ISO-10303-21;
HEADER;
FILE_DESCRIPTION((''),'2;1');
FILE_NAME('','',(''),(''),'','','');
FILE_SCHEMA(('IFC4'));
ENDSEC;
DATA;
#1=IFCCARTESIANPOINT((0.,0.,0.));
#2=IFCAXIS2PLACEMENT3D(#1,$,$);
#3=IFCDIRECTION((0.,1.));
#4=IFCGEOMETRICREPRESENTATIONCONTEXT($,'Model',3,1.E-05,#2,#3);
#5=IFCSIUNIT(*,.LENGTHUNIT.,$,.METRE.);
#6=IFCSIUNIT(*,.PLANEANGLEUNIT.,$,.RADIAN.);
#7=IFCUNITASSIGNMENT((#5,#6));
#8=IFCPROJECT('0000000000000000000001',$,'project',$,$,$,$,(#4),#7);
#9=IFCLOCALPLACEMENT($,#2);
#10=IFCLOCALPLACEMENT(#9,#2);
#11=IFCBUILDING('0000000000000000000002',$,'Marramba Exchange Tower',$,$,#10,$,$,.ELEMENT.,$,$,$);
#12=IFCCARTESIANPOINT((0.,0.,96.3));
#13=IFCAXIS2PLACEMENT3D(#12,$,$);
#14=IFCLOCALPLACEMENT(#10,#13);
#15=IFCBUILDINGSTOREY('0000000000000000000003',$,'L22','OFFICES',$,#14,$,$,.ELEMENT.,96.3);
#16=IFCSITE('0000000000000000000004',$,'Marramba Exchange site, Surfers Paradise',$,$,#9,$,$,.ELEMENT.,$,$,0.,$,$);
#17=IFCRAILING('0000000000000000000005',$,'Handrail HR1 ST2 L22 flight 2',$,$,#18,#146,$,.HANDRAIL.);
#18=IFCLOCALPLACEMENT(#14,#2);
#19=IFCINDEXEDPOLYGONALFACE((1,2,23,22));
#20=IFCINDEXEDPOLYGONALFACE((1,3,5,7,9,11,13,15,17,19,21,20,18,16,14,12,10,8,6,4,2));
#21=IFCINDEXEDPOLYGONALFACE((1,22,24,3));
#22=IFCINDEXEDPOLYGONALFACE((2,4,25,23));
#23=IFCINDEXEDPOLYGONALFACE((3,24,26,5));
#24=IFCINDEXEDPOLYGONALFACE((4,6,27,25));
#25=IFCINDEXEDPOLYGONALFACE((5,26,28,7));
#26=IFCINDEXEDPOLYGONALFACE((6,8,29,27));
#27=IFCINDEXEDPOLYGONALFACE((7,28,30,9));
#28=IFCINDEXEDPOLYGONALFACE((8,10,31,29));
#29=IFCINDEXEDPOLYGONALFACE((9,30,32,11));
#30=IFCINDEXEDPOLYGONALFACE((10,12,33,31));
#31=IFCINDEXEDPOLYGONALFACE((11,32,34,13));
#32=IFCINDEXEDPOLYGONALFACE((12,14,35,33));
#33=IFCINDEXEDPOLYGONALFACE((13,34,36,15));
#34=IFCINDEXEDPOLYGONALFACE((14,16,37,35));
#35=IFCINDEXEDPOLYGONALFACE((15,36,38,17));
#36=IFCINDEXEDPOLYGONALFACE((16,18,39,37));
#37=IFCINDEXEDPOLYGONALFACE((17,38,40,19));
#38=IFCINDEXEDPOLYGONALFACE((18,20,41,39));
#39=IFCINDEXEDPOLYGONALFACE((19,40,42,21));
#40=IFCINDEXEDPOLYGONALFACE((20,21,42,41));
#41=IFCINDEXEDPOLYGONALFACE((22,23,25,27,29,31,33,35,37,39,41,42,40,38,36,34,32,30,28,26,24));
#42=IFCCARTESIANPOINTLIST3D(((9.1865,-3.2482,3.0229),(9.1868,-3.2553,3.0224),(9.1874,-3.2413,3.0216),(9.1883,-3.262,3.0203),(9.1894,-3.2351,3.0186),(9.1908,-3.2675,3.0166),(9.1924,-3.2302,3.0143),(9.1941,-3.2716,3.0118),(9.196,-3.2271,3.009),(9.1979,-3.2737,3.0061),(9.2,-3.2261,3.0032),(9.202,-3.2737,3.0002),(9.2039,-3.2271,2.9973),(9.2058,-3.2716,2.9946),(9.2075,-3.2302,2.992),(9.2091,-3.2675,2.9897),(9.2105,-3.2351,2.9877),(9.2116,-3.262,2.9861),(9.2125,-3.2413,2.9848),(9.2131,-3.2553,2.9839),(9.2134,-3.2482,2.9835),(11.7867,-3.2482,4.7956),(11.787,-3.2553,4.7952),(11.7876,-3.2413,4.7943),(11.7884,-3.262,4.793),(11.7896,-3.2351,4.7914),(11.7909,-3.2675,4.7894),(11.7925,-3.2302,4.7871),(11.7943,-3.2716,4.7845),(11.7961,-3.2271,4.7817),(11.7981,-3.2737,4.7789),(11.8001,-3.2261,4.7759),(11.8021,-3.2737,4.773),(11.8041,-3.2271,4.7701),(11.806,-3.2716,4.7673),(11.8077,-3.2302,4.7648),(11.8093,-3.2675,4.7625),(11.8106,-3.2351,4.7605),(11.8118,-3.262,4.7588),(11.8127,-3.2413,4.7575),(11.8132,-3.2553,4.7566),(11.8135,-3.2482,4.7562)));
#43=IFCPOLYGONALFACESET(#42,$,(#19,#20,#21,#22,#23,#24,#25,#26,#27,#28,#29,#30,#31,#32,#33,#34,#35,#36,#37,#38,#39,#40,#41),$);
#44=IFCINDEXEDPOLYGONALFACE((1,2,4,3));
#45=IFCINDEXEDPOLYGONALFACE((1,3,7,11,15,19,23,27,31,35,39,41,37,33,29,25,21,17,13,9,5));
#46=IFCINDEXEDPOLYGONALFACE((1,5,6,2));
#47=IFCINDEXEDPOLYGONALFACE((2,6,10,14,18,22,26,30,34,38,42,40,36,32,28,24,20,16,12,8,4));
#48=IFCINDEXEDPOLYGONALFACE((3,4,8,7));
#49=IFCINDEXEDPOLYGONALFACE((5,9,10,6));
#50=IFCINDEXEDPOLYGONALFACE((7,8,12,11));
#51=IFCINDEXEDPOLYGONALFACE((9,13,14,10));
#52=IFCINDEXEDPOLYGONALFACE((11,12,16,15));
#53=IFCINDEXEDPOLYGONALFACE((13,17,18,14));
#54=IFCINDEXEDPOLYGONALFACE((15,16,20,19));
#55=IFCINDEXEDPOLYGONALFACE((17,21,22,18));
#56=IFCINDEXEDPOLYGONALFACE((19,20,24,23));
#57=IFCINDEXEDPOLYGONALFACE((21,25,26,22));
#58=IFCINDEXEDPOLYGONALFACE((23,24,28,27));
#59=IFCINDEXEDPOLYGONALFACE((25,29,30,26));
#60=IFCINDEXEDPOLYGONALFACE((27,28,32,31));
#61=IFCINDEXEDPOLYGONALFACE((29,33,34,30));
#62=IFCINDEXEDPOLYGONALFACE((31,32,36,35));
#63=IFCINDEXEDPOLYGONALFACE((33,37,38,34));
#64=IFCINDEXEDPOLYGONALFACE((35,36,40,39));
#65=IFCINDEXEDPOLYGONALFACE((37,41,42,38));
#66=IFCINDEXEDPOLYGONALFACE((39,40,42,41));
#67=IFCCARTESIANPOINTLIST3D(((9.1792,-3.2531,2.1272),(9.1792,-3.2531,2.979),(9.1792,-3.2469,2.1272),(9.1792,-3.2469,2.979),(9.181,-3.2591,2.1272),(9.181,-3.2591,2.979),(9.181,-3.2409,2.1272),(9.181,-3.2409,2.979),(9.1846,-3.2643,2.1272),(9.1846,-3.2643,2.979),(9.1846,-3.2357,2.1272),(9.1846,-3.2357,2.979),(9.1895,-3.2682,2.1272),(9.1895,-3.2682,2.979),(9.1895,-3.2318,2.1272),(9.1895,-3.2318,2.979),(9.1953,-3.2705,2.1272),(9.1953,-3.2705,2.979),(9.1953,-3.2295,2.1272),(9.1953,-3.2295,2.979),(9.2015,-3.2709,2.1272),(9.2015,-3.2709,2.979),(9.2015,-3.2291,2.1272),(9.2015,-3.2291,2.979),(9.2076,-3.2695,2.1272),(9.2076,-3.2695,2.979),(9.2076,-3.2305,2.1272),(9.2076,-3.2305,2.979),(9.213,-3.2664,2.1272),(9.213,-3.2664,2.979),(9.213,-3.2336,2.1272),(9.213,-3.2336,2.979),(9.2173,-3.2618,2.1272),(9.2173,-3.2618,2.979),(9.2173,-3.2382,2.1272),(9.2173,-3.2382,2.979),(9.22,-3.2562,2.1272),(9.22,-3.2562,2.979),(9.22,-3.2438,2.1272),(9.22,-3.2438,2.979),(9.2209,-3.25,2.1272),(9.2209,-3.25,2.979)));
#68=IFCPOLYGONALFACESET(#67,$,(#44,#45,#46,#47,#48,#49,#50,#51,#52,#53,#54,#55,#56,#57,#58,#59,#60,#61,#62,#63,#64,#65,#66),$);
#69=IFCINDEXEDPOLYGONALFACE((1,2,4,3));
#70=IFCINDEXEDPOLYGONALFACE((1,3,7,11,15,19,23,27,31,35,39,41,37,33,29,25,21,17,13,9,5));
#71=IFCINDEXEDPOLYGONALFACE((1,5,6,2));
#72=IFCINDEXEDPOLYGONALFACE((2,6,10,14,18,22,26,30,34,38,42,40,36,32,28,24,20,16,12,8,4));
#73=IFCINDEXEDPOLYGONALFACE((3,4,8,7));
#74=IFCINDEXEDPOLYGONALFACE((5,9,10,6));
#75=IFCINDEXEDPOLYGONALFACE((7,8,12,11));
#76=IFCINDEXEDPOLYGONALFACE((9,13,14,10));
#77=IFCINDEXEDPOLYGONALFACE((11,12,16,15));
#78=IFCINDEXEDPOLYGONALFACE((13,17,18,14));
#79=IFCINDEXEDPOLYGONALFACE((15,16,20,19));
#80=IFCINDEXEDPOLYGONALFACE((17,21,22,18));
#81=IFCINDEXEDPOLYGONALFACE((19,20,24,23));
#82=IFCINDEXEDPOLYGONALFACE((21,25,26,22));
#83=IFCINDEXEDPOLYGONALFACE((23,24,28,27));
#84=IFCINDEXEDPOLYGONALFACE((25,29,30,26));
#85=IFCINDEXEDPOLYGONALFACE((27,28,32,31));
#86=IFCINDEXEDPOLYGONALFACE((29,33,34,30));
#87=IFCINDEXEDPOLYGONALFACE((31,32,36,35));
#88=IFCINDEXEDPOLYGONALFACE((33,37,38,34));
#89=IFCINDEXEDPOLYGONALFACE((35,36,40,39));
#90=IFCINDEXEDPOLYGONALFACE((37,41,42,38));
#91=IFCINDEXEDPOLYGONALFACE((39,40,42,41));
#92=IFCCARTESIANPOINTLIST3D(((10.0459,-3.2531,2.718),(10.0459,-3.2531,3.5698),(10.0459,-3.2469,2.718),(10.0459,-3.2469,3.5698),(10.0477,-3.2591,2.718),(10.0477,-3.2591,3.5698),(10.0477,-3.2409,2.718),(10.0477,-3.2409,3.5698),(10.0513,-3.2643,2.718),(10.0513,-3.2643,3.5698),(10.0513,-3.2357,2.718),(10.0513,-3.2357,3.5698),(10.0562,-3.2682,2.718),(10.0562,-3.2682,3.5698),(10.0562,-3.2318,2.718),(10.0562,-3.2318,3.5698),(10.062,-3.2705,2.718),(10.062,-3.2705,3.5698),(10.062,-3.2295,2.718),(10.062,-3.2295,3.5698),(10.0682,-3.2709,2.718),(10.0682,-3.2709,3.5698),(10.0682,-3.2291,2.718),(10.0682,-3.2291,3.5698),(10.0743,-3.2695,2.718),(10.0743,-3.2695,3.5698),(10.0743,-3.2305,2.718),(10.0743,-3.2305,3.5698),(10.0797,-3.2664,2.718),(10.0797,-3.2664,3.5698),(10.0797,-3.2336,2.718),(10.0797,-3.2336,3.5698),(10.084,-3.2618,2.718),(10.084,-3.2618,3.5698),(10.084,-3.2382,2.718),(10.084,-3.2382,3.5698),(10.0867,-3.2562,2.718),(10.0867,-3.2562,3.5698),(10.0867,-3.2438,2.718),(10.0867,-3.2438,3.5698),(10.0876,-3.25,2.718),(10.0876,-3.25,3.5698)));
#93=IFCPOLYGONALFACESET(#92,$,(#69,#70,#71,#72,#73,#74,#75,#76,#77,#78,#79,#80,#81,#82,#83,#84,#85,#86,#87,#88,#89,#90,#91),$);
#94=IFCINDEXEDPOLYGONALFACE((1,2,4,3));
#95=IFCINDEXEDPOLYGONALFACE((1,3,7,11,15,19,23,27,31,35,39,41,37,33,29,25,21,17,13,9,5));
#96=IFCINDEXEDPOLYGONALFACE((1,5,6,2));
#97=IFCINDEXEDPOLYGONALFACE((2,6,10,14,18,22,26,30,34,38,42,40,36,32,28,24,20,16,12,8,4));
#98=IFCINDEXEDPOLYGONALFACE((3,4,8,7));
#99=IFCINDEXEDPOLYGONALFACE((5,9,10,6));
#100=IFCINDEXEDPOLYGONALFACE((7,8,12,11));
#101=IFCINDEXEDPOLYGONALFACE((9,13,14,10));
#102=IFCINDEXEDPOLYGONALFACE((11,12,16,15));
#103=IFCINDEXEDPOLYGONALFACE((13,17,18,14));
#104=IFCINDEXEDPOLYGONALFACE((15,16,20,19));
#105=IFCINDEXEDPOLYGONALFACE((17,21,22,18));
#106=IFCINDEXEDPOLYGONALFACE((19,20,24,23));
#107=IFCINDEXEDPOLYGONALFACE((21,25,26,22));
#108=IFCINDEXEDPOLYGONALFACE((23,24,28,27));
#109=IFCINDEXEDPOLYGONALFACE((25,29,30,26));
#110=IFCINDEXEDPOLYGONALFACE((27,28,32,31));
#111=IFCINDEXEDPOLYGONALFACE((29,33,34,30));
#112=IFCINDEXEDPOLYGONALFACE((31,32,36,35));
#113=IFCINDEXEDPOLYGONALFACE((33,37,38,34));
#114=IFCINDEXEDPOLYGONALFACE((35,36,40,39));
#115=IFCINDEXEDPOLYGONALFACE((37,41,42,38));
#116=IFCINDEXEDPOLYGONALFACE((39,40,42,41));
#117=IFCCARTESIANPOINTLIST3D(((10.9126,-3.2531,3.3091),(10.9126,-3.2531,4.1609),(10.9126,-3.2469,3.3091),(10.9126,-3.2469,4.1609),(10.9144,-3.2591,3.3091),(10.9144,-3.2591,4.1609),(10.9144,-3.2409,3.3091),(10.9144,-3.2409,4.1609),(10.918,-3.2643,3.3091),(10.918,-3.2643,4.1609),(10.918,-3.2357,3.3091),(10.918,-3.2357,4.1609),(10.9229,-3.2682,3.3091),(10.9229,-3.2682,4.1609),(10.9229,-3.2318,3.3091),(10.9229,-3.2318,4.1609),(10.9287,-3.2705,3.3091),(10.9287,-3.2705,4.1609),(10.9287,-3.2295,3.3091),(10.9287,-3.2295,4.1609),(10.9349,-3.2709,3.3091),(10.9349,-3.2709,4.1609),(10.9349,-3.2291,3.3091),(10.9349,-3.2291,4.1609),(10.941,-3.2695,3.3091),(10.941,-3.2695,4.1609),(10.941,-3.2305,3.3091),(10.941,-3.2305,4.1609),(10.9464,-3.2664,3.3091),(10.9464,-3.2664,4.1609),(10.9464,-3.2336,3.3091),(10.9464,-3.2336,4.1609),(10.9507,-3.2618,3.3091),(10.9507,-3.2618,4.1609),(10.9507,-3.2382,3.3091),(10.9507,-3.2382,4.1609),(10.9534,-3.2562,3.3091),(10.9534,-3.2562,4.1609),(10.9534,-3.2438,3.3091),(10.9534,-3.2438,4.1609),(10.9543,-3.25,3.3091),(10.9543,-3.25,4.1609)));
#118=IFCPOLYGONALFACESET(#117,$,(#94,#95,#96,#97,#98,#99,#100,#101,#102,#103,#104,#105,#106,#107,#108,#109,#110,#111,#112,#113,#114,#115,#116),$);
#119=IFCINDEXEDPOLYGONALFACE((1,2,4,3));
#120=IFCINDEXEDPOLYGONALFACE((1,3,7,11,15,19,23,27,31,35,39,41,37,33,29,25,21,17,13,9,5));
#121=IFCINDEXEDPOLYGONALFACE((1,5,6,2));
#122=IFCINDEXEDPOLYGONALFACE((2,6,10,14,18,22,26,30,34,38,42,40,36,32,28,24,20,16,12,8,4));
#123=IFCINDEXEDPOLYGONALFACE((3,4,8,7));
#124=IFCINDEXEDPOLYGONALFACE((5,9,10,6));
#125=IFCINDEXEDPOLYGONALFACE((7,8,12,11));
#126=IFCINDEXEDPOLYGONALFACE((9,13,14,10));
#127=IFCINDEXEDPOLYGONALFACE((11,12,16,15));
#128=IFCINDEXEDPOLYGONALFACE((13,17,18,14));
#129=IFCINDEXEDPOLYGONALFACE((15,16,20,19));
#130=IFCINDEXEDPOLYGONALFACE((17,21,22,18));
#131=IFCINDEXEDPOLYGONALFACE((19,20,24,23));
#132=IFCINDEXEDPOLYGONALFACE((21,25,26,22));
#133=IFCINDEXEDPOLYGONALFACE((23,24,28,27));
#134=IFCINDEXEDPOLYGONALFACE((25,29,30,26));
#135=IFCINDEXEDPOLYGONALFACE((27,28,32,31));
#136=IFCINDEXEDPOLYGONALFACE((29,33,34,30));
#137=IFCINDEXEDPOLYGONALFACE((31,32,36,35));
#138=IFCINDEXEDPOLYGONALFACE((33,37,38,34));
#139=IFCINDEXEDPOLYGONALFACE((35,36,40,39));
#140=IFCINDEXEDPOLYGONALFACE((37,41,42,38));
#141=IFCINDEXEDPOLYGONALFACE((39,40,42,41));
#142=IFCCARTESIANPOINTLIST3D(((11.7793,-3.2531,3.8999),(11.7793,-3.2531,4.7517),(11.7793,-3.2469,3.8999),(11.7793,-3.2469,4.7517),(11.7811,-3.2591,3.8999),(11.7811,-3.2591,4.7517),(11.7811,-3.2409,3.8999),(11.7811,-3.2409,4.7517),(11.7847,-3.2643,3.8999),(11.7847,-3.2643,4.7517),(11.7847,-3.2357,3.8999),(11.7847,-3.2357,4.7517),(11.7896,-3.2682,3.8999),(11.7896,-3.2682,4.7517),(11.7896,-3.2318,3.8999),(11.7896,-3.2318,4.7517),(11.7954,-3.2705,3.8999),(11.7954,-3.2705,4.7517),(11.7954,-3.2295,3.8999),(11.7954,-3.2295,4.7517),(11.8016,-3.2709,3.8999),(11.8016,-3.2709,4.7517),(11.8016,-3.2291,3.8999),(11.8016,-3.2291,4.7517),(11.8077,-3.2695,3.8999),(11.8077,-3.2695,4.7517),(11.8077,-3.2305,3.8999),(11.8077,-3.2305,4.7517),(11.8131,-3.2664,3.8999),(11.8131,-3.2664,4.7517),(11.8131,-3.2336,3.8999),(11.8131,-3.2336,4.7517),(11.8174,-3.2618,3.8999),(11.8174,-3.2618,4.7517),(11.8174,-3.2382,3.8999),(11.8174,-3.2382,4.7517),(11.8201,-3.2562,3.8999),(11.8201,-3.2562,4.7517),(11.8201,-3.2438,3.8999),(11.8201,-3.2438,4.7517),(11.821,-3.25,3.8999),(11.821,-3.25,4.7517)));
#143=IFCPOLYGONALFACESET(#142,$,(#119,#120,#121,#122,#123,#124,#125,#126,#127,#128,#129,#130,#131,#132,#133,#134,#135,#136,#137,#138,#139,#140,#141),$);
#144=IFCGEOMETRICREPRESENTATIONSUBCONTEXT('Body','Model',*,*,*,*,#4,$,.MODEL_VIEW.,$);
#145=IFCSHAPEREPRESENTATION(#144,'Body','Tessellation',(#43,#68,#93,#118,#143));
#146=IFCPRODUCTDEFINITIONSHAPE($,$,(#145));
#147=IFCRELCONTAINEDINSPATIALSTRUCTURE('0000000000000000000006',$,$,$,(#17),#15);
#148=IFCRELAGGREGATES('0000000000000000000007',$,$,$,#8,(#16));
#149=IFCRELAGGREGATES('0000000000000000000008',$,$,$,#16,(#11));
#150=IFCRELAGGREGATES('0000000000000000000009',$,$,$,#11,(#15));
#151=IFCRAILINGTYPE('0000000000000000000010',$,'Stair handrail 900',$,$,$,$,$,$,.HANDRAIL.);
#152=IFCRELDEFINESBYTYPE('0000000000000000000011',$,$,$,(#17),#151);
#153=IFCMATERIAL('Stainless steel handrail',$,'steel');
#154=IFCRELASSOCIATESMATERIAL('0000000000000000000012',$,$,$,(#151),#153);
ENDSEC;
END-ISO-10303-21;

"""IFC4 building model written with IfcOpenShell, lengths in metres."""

from ifc_helpers import new_model, si_unit, direction, frame, origin, origin_2d, place, context, subcontext, project, spatial, circle, extrude, material, type_object, element, save


model = new_model("IFC4")

# Units and contexts
model_context = context("Model", 3, precision=1e-05, world=origin(), true_north=direction((0.0, 1.0)))
body_context = subcontext(model_context, "Body", "Model", "MODEL_VIEW")
ifc_project = project(units=[si_unit("LENGTHUNIT", "METRE"), si_unit("PLANEANGLEUNIT", "RADIAN")], contexts=[model_context])

# Site, building, storey
site_placement = place(None, origin())
site = spatial("IfcSite", under=ifc_project, at=site_placement, Name="Marramba Exchange site, Surfers Paradise", CompositionType="ELEMENT", RefElevation=0.0)
building_placement = place(site_placement, origin())
building = spatial("IfcBuilding", under=site, at=building_placement, Name="Marramba Exchange Tower", CompositionType="ELEMENT")
storey_placement = place(building_placement, frame((0.0, 0.0, 96.3)))
storey = spatial("IfcBuildingStorey", under=building, at=storey_placement, Name="L22", Description="OFFICES", CompositionType="ELEMENT", Elevation=96.3)

# Railing
ifc_material_1 = material(Name="Stainless steel handrail", Category="steel")
railing_type = type_object("IfcRailingType", Name="Stair handrail 900", PredefinedType="HANDRAIL", material=ifc_material_1)
railing_placement = place(storey_placement, frame((9.2, -3.25, 2.1272)))
element("IfcRailing", 1, at=railing_placement, inside=storey, type_object=railing_type, Name="Handrail HR1 ST2 L22 flight 2", PredefinedType="HANDRAIL", context=body_context, shape_type="SweptSolid", body=[
    extrude(circle(Radius=0.0239, at=origin_2d()), frame((0.0, 0.0, 0.876), z_axis=(0.82624, 0.0, 0.563318), x_axis=(0.0, 1.0, 0.0)), (0.0, 0.0, 1.0), 3.147),
    extrude(circle(Radius=0.021, at=origin_2d()), origin(), (0.0, 0.0, 1.0), 0.8518),
    extrude(circle(Radius=0.021, at=origin_2d()), frame((0.8667, 0.0, 0.5908)), (0.0, 0.0, 1.0), 0.8518),
    extrude(circle(Radius=0.021, at=origin_2d()), frame((1.7334, 0.0, 1.1819)), (0.0, 0.0, 1.0), 0.8518),
    extrude(circle(Radius=0.021, at=origin_2d()), frame((2.6001, 0.0, 1.7727)), (0.0, 0.0, 1.0), 0.8518),
])

save(model, "model.ifc")
